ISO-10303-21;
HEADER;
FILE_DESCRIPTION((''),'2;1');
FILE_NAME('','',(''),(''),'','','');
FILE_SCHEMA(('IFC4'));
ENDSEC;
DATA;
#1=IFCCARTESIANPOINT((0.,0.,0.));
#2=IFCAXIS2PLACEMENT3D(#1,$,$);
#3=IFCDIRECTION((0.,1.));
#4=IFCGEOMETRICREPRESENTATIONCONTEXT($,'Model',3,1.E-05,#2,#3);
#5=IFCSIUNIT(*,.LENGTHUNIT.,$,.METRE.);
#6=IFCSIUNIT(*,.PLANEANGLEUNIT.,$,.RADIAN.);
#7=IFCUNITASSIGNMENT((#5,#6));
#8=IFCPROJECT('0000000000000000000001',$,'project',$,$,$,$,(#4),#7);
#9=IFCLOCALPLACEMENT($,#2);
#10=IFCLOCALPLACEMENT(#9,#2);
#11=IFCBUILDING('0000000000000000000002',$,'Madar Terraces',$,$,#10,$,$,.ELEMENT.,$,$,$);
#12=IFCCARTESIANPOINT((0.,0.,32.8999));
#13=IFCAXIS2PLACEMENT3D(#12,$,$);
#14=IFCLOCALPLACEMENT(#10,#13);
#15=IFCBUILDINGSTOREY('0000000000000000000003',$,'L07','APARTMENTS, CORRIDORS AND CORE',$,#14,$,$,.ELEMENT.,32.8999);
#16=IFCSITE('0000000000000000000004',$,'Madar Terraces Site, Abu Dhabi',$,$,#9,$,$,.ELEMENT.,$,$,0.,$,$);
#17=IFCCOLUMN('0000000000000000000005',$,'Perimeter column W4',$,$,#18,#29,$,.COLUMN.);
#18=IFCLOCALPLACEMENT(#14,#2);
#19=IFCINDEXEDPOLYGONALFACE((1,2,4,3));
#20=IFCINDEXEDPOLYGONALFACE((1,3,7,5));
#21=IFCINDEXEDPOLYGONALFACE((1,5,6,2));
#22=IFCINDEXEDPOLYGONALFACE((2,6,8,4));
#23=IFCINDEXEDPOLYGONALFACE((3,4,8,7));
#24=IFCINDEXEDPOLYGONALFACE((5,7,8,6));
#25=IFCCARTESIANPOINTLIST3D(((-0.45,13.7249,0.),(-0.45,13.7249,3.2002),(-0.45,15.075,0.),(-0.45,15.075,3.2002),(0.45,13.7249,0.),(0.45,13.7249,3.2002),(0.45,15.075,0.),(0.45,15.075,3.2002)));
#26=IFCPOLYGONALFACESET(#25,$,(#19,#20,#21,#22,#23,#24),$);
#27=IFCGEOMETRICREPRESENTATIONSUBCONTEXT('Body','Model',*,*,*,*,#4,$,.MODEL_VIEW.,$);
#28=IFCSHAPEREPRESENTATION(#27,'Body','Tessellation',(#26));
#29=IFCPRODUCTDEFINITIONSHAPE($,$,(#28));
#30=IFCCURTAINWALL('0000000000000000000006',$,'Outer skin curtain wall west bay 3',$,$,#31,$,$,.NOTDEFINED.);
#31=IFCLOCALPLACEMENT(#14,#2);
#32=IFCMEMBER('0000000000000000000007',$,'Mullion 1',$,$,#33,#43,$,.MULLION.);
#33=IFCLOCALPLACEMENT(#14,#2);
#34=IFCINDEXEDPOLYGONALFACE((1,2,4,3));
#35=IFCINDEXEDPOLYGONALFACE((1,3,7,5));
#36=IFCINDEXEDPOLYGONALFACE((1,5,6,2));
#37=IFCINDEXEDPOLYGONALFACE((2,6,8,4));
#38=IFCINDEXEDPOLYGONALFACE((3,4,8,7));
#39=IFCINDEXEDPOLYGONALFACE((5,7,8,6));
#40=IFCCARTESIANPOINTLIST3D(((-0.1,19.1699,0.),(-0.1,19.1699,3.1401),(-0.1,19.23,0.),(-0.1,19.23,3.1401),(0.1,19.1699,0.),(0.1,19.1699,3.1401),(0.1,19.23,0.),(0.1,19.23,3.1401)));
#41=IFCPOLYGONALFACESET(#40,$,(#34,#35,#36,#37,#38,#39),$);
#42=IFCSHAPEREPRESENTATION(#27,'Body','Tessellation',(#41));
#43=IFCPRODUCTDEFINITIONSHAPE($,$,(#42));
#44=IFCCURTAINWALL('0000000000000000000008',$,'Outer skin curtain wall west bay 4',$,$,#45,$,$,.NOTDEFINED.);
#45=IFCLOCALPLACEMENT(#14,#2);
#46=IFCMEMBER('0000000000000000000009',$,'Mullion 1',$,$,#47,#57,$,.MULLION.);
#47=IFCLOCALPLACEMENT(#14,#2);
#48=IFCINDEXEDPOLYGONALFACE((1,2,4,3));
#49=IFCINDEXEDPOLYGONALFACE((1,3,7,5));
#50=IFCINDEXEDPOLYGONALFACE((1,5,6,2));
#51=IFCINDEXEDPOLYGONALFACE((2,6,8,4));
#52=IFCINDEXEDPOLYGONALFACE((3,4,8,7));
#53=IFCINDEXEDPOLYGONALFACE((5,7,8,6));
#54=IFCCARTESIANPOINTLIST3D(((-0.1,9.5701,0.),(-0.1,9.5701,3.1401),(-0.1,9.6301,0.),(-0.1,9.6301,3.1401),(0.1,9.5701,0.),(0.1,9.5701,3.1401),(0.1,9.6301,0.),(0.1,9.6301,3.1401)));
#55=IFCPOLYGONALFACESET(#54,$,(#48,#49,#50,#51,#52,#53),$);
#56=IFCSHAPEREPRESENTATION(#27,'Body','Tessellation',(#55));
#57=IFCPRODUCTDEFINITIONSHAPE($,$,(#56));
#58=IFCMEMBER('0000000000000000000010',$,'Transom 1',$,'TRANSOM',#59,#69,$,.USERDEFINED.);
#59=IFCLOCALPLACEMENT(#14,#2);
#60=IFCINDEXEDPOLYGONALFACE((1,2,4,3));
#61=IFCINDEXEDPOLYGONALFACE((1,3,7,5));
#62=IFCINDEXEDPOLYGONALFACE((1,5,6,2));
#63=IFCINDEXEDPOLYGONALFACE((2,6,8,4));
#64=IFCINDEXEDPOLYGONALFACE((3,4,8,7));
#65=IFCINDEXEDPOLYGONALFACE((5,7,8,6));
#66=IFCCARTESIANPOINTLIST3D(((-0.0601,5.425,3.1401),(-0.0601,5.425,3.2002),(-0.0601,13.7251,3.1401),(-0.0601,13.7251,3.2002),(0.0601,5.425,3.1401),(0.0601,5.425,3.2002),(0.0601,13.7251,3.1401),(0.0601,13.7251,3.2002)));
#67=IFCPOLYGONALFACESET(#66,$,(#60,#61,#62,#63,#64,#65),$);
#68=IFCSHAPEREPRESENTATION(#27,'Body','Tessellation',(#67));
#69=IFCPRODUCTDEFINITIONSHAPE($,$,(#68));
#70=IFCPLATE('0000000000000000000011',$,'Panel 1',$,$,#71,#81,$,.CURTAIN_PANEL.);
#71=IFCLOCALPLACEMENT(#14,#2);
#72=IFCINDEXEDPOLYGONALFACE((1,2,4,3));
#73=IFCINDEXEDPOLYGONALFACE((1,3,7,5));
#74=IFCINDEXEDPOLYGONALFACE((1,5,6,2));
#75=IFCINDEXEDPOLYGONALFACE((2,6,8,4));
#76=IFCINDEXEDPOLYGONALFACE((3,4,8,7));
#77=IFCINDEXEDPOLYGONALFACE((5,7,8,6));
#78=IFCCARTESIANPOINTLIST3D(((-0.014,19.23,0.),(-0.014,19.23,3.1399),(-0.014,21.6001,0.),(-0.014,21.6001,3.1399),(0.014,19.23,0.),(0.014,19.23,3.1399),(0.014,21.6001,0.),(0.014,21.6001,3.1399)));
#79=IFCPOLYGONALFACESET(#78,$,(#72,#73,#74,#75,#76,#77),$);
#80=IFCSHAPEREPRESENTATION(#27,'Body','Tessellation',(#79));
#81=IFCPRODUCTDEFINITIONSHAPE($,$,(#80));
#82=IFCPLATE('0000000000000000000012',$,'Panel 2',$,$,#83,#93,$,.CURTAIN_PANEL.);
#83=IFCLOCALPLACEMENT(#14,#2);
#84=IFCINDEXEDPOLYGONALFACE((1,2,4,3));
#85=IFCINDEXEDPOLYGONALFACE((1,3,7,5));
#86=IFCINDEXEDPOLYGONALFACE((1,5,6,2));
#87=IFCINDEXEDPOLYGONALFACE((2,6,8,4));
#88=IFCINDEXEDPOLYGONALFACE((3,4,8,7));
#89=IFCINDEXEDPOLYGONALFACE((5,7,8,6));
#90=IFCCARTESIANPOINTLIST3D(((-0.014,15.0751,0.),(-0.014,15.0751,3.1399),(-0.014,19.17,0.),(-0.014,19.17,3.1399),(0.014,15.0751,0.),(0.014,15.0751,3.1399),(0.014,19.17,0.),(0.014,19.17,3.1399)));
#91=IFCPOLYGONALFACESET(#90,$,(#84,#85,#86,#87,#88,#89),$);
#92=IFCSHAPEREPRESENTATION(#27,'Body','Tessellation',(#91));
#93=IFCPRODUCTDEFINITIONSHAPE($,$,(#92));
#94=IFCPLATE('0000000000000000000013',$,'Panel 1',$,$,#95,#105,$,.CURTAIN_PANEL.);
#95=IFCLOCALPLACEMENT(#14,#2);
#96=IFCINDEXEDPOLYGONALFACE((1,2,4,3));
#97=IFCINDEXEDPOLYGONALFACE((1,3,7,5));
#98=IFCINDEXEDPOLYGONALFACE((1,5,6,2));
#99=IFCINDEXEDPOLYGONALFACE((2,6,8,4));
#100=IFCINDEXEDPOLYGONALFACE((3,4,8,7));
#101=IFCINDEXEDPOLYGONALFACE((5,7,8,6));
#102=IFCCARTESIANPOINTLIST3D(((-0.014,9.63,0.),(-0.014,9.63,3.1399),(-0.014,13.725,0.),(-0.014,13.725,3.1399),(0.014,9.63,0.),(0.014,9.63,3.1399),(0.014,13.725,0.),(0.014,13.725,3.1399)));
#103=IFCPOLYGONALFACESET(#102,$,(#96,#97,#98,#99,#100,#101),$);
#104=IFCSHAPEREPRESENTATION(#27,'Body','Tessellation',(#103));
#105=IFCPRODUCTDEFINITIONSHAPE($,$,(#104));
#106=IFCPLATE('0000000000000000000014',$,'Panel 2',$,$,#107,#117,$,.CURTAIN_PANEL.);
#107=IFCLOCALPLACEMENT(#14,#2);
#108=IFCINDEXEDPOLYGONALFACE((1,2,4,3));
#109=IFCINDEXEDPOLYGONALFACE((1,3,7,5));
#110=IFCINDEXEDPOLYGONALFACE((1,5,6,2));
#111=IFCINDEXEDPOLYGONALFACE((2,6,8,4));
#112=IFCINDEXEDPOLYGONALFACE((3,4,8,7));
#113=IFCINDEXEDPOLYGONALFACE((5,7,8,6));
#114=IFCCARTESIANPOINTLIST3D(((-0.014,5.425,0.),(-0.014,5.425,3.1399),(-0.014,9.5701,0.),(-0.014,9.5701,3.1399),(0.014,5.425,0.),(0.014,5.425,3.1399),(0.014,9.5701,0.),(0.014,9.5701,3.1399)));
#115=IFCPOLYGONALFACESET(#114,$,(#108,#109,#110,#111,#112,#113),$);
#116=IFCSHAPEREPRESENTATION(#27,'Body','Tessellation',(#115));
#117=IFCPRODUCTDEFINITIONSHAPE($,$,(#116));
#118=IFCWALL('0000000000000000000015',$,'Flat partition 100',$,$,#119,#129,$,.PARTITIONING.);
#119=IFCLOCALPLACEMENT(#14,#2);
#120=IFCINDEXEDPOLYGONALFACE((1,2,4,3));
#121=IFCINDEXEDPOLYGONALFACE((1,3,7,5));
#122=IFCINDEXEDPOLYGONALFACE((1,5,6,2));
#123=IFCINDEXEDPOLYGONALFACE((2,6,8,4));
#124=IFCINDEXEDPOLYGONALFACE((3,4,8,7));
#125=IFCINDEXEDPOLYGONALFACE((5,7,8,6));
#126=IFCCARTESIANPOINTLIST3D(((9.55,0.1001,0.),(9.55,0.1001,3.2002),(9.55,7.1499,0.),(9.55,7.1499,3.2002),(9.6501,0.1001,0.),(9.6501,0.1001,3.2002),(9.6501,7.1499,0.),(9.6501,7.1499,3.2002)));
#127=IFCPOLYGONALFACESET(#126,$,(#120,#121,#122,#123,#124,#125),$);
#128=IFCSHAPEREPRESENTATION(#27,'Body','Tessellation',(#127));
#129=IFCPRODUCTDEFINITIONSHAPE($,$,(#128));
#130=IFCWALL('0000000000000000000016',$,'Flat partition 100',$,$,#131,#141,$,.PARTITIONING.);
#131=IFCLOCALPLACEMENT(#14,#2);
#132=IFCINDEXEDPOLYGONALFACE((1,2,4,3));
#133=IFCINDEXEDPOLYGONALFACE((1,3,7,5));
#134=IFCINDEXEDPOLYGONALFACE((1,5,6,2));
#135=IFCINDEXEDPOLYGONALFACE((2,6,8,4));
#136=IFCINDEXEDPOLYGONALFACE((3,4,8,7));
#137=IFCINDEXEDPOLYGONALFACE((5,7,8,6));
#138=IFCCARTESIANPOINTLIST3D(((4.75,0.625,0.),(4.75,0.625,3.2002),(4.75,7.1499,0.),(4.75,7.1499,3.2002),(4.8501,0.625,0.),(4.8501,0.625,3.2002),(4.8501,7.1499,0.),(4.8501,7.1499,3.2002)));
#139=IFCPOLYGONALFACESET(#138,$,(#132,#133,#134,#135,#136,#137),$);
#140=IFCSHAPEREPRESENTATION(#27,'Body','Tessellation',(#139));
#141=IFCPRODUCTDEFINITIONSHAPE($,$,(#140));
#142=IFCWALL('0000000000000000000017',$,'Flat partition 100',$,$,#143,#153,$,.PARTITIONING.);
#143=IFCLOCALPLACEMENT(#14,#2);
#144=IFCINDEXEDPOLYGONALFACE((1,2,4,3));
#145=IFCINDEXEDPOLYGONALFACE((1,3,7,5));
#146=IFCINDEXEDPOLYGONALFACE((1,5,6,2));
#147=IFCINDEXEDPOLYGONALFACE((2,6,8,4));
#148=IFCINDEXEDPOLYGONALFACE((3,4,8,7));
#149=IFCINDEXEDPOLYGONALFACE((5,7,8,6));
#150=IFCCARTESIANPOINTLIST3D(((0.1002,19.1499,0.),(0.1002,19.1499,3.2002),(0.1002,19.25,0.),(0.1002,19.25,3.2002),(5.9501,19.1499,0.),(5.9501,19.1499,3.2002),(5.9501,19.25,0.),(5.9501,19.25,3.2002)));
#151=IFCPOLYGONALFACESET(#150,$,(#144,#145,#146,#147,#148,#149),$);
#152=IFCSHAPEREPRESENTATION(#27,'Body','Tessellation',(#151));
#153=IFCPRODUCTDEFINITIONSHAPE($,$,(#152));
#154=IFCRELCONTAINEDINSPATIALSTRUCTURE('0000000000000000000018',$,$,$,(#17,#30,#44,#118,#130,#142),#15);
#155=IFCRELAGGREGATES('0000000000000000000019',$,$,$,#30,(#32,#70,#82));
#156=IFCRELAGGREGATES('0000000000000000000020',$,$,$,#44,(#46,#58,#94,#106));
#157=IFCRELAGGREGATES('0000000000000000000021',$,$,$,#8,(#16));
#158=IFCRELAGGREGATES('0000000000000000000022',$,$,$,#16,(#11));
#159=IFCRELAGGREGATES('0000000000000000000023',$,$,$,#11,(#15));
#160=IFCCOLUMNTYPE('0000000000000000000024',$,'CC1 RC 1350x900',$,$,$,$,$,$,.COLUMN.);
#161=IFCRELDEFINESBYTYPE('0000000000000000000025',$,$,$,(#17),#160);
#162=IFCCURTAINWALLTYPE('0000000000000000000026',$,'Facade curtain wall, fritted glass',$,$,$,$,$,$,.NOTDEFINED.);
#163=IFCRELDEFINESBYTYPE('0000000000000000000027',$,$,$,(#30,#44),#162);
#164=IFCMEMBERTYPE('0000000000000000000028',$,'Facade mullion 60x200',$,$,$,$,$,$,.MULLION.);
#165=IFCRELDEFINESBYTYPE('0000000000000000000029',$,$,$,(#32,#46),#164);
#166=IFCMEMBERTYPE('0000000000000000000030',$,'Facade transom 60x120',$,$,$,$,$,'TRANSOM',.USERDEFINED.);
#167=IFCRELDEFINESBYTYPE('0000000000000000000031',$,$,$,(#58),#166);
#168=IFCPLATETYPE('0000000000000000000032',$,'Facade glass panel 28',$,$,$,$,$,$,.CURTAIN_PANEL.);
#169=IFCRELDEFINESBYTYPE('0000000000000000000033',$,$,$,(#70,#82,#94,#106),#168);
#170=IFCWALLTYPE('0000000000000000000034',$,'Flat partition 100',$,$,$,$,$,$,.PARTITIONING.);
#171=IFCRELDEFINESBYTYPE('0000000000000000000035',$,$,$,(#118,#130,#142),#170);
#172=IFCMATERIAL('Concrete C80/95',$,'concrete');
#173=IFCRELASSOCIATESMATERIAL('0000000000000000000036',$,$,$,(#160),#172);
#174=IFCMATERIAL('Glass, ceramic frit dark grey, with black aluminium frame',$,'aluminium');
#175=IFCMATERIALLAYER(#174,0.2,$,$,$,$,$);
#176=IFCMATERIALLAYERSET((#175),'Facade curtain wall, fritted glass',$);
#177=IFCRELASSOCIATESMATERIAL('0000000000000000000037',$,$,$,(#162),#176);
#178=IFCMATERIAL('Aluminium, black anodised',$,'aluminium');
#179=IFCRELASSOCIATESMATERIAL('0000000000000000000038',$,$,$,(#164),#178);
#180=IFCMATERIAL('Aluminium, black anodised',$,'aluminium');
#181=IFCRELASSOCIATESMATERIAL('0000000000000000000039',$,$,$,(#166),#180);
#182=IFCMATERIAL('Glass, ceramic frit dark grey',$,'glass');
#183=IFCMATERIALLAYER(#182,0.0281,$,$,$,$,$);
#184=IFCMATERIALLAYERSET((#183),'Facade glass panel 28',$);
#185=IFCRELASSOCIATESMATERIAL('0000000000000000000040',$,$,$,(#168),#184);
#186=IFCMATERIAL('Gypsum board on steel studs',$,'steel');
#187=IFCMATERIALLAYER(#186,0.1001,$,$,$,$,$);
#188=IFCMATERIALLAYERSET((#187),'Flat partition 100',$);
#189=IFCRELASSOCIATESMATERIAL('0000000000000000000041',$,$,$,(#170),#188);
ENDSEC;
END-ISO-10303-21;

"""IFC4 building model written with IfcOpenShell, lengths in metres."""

from ifc_helpers import new_model, si_unit, direction, frame, frame_2d, origin, origin_2d, place, context, subcontext, project, spatial, rectangle, extrude, material, layer, layer_set, material_profile, profile_set, type_object, element, aggregate, save


model = new_model("IFC4")

# Units and contexts
model_context = context("Model", 3, precision=1e-05, world=origin(), true_north=direction((0.0, 1.0)))
body_context = subcontext(model_context, "Body", "Model", "MODEL_VIEW")
ifc_project = project(units=[si_unit("LENGTHUNIT", "METRE"), si_unit("PLANEANGLEUNIT", "RADIAN")], contexts=[model_context])

# Site, building, storey
site_placement = place(None, origin())
site = spatial("IfcSite", under=ifc_project, at=site_placement, Name="Madar Terraces Site, Abu Dhabi", CompositionType="ELEMENT", RefElevation=0.0)
building_placement = place(site_placement, origin())
building = spatial("IfcBuilding", under=site, at=building_placement, Name="Madar Terraces", CompositionType="ELEMENT")
storey_placement = place(building_placement, frame((0.0, 0.0, 32.8999)))
storey = spatial("IfcBuildingStorey", under=building, at=storey_placement, Name="L07", Description="APARTMENTS, CORRIDORS AND CORE", CompositionType="ELEMENT", Elevation=32.8999)

# Column
ifc_material_1 = material(Name="Concrete C80/95", Category="concrete")
ifc_material_profile_1 = material_profile(ifc_material_1, rectangle(XDim=1.3501, YDim=0.8999, at=origin_2d()), Name="CC1 RC 1350x900")
ifc_profile_set_1 = profile_set([ifc_material_profile_1], Name="Concrete C80/95")
column_type = type_object("IfcColumnType", Name="CC1 RC 1350x900", PredefinedType="COLUMN", material=ifc_profile_set_1)
column_placement = place(storey_placement, frame((0.0, 14.3999, 0.0), z_axis=(0.0, 0.0, 1.0), x_axis=(0.0, 1.0, 0.0)))
element("IfcColumn", 1, at=column_placement, inside=storey, type_object=column_type, Name="Perimeter column W4", PredefinedType="COLUMN", context=body_context, shape_type="SweptSolid", body=[
    extrude(rectangle(XDim=1.3501, YDim=0.8999, at=origin_2d()), origin(), (0.0, 0.0, 1.0), 3.2002),
])

# Curtain wall, member
ifc_material_2 = material(Name="Glass, ceramic frit dark grey, with black aluminium frame", Category="aluminium")
ifc_layer_1 = layer(ifc_material_2, 0.2)
ifc_layer_set_1 = layer_set([ifc_layer_1], Name="Facade curtain wall, fritted glass")
curtain_wall_type = type_object("IfcCurtainWallType", Name="Facade curtain wall, fritted glass", PredefinedType="NOTDEFINED", material=ifc_layer_set_1)
curtain_wall_1_placement = place(storey_placement, origin())
curtain_wall_1 = element("IfcCurtainWall", 2, at=curtain_wall_1_placement, inside=storey, type_object=curtain_wall_type, Name="Outer skin curtain wall west bay 3", PredefinedType="NOTDEFINED")
ifc_material_3 = material(Name="Aluminium, black anodised", Category="aluminium")
ifc_material_profile_2 = material_profile(ifc_material_3, rectangle(XDim=0.2, YDim=0.0601, at=origin_2d()), Name="Facade mullion 60x200")
ifc_profile_set_2 = profile_set([ifc_material_profile_2], Name="Aluminium, black anodised")
member_type_1 = type_object("IfcMemberType", Name="Facade mullion 60x200", PredefinedType="MULLION", material=ifc_profile_set_2)
member_1_placement = place(storey_placement, frame((0.0, 19.2, 0.0), z_axis=(0.0, 0.0, 1.0), x_axis=(1.0, 0.0, 0.0)))
member_1 = element("IfcMember", 3, at=member_1_placement, type_object=member_type_1, Name="Mullion 1", PredefinedType="MULLION", context=body_context, shape_type="SweptSolid", body=[
    extrude(rectangle(XDim=0.2, YDim=0.0601, at=origin_2d()), origin(), (0.0, 0.0, 1.0), 3.1401),
])

# Curtain wall, members
curtain_wall_2_placement = place(storey_placement, origin())
curtain_wall_2 = element("IfcCurtainWall", 4, at=curtain_wall_2_placement, inside=storey, type_object=curtain_wall_type, Name="Outer skin curtain wall west bay 4", PredefinedType="NOTDEFINED")
member_2_placement = place(storey_placement, frame((0.0, 9.6001, 0.0), z_axis=(0.0, 0.0, 1.0), x_axis=(1.0, 0.0, 0.0)))
member_2 = element("IfcMember", 5, at=member_2_placement, type_object=member_type_1, Name="Mullion 1", PredefinedType="MULLION", context=body_context, shape_type="SweptSolid", body=[
    extrude(rectangle(XDim=0.2, YDim=0.0601, at=origin_2d()), origin(), (0.0, 0.0, 1.0), 3.1401),
])
ifc_material_4 = material(Name="Aluminium, black anodised", Category="aluminium")
ifc_material_profile_3 = material_profile(ifc_material_4, rectangle(XDim=0.1201, YDim=0.0601, at=origin_2d()), Name="Facade transom 60x120")
ifc_profile_set_3 = profile_set([ifc_material_profile_3], Name="Aluminium, black anodised")
member_type_2 = type_object("IfcMemberType", Name="Facade transom 60x120", ElementType="TRANSOM", PredefinedType="USERDEFINED", material=ifc_profile_set_3)
member_3_placement = place(storey_placement, frame((0.0, 13.7251, 3.1702), z_axis=(0.0, -1.0, 0.0), x_axis=(1.0, 0.0, 0.0)))
member_3 = element("IfcMember", 6, at=member_3_placement, type_object=member_type_2, Name="Transom 1", ObjectType="TRANSOM", PredefinedType="USERDEFINED", context=body_context, shape_type="SweptSolid", body=[
    extrude(rectangle(XDim=0.1201, YDim=0.0601, at=origin_2d()), origin(), (0.0, 0.0, 1.0), 8.3),
])

# Plates
ifc_material_5 = material(Name="Glass, ceramic frit dark grey", Category="glass")
ifc_layer_2 = layer(ifc_material_5, 0.0281)
ifc_layer_set_2 = layer_set([ifc_layer_2], Name="Facade glass panel 28")
plate_type = type_object("IfcPlateType", Name="Facade glass panel 28", PredefinedType="CURTAIN_PANEL", material=ifc_layer_set_2)
plate_1_placement = place(storey_placement, frame((0.0, 20.415, 0.0), z_axis=(0.0, 0.0, 1.0), x_axis=(0.0, -1.0, 0.0)))
plate_1 = element("IfcPlate", 7, at=plate_1_placement, type_object=plate_type, Name="Panel 1", PredefinedType="CURTAIN_PANEL", context=body_context, shape_type="SweptSolid", body=[
    extrude(rectangle(XDim=2.3701, YDim=0.0281, at=origin_2d()), origin(), (0.0, 0.0, 1.0), 3.1399),
])
plate_2_placement = place(storey_placement, frame((0.0, 17.1226, 0.0), z_axis=(0.0, 0.0, 1.0), x_axis=(0.0, -1.0, 0.0)))
plate_2 = element("IfcPlate", 8, at=plate_2_placement, type_object=plate_type, Name="Panel 2", PredefinedType="CURTAIN_PANEL", context=body_context, shape_type="SweptSolid", body=[
    extrude(rectangle(XDim=4.095, YDim=0.0281, at=origin_2d()), origin(), (0.0, 0.0, 1.0), 3.1399),
])
aggregate(curtain_wall_1, [member_1, plate_1, plate_2])
plate_3_placement = place(storey_placement, frame((0.0, 11.6775, 0.0), z_axis=(0.0, 0.0, 1.0), x_axis=(0.0, -1.0, 0.0)))
plate_3 = element("IfcPlate", 9, at=plate_3_placement, type_object=plate_type, Name="Panel 1", PredefinedType="CURTAIN_PANEL", context=body_context, shape_type="SweptSolid", body=[
    extrude(rectangle(XDim=4.095, YDim=0.0281, at=origin_2d()), origin(), (0.0, 0.0, 1.0), 3.1399),
])
plate_4_placement = place(storey_placement, frame((0.0, 7.4976, 0.0), z_axis=(0.0, 0.0, 1.0), x_axis=(0.0, -1.0, 0.0)))
plate_4 = element("IfcPlate", 10, at=plate_4_placement, type_object=plate_type, Name="Panel 2", PredefinedType="CURTAIN_PANEL", context=body_context, shape_type="SweptSolid", body=[
    extrude(rectangle(XDim=4.145, YDim=0.0281, at=origin_2d()), origin(), (0.0, 0.0, 1.0), 3.1399),
])
aggregate(curtain_wall_2, [member_2, member_3, plate_3, plate_4])

# Walls
ifc_material_6 = material(Name="Gypsum board on steel studs", Category="steel")
ifc_layer_3 = layer(ifc_material_6, 0.1001)
ifc_layer_set_3 = layer_set([ifc_layer_3], Name="Flat partition 100")
wall_type_1 = type_object("IfcWallType", Name="Flat partition 100", PredefinedType="PARTITIONING", material=ifc_layer_set_3)
wall_1_placement = place(storey_placement, frame((9.6001, 7.1499, 0.0), z_axis=(0.0, 0.0, 1.0), x_axis=(0.0, -1.0, 0.0)))
element("IfcWall", 11, at=wall_1_placement, inside=storey, type_object=wall_type_1, Name="Flat partition 100", PredefinedType="PARTITIONING", context=body_context, shape_type="SweptSolid", body=[
    extrude(rectangle(XDim=7.0498, YDim=0.1001, at=frame_2d((3.5249, 0.0))), origin(), (0.0, 0.0, 1.0), 3.2002),
])
wall_2_placement = place(storey_placement, frame((4.8, 7.1499, 0.0), z_axis=(0.0, 0.0, 1.0), x_axis=(0.0, -1.0, 0.0)))
element("IfcWall", 12, at=wall_2_placement, inside=storey, type_object=wall_type_1, Name="Flat partition 100", PredefinedType="PARTITIONING", context=body_context, shape_type="SweptSolid", body=[
    extrude(rectangle(XDim=6.5249, YDim=0.1001, at=frame_2d((3.2625, 0.0))), origin(), (0.0, 0.0, 1.0), 3.2002),
])
wall_3_placement = place(storey_placement, frame((5.95, 19.2, 0.0), z_axis=(0.0, 0.0, 1.0), x_axis=(-1.0, 0.0, 0.0)))
element("IfcWall", 13, at=wall_3_placement, inside=storey, type_object=wall_type_1, Name="Flat partition 100", PredefinedType="PARTITIONING", context=body_context, shape_type="SweptSolid", body=[
    extrude(rectangle(XDim=5.8499, YDim=0.1001, at=frame_2d((2.9248, 0.0))), origin(), (0.0, 0.0, 1.0), 3.2002),
])

save(model, "model.ifc")
